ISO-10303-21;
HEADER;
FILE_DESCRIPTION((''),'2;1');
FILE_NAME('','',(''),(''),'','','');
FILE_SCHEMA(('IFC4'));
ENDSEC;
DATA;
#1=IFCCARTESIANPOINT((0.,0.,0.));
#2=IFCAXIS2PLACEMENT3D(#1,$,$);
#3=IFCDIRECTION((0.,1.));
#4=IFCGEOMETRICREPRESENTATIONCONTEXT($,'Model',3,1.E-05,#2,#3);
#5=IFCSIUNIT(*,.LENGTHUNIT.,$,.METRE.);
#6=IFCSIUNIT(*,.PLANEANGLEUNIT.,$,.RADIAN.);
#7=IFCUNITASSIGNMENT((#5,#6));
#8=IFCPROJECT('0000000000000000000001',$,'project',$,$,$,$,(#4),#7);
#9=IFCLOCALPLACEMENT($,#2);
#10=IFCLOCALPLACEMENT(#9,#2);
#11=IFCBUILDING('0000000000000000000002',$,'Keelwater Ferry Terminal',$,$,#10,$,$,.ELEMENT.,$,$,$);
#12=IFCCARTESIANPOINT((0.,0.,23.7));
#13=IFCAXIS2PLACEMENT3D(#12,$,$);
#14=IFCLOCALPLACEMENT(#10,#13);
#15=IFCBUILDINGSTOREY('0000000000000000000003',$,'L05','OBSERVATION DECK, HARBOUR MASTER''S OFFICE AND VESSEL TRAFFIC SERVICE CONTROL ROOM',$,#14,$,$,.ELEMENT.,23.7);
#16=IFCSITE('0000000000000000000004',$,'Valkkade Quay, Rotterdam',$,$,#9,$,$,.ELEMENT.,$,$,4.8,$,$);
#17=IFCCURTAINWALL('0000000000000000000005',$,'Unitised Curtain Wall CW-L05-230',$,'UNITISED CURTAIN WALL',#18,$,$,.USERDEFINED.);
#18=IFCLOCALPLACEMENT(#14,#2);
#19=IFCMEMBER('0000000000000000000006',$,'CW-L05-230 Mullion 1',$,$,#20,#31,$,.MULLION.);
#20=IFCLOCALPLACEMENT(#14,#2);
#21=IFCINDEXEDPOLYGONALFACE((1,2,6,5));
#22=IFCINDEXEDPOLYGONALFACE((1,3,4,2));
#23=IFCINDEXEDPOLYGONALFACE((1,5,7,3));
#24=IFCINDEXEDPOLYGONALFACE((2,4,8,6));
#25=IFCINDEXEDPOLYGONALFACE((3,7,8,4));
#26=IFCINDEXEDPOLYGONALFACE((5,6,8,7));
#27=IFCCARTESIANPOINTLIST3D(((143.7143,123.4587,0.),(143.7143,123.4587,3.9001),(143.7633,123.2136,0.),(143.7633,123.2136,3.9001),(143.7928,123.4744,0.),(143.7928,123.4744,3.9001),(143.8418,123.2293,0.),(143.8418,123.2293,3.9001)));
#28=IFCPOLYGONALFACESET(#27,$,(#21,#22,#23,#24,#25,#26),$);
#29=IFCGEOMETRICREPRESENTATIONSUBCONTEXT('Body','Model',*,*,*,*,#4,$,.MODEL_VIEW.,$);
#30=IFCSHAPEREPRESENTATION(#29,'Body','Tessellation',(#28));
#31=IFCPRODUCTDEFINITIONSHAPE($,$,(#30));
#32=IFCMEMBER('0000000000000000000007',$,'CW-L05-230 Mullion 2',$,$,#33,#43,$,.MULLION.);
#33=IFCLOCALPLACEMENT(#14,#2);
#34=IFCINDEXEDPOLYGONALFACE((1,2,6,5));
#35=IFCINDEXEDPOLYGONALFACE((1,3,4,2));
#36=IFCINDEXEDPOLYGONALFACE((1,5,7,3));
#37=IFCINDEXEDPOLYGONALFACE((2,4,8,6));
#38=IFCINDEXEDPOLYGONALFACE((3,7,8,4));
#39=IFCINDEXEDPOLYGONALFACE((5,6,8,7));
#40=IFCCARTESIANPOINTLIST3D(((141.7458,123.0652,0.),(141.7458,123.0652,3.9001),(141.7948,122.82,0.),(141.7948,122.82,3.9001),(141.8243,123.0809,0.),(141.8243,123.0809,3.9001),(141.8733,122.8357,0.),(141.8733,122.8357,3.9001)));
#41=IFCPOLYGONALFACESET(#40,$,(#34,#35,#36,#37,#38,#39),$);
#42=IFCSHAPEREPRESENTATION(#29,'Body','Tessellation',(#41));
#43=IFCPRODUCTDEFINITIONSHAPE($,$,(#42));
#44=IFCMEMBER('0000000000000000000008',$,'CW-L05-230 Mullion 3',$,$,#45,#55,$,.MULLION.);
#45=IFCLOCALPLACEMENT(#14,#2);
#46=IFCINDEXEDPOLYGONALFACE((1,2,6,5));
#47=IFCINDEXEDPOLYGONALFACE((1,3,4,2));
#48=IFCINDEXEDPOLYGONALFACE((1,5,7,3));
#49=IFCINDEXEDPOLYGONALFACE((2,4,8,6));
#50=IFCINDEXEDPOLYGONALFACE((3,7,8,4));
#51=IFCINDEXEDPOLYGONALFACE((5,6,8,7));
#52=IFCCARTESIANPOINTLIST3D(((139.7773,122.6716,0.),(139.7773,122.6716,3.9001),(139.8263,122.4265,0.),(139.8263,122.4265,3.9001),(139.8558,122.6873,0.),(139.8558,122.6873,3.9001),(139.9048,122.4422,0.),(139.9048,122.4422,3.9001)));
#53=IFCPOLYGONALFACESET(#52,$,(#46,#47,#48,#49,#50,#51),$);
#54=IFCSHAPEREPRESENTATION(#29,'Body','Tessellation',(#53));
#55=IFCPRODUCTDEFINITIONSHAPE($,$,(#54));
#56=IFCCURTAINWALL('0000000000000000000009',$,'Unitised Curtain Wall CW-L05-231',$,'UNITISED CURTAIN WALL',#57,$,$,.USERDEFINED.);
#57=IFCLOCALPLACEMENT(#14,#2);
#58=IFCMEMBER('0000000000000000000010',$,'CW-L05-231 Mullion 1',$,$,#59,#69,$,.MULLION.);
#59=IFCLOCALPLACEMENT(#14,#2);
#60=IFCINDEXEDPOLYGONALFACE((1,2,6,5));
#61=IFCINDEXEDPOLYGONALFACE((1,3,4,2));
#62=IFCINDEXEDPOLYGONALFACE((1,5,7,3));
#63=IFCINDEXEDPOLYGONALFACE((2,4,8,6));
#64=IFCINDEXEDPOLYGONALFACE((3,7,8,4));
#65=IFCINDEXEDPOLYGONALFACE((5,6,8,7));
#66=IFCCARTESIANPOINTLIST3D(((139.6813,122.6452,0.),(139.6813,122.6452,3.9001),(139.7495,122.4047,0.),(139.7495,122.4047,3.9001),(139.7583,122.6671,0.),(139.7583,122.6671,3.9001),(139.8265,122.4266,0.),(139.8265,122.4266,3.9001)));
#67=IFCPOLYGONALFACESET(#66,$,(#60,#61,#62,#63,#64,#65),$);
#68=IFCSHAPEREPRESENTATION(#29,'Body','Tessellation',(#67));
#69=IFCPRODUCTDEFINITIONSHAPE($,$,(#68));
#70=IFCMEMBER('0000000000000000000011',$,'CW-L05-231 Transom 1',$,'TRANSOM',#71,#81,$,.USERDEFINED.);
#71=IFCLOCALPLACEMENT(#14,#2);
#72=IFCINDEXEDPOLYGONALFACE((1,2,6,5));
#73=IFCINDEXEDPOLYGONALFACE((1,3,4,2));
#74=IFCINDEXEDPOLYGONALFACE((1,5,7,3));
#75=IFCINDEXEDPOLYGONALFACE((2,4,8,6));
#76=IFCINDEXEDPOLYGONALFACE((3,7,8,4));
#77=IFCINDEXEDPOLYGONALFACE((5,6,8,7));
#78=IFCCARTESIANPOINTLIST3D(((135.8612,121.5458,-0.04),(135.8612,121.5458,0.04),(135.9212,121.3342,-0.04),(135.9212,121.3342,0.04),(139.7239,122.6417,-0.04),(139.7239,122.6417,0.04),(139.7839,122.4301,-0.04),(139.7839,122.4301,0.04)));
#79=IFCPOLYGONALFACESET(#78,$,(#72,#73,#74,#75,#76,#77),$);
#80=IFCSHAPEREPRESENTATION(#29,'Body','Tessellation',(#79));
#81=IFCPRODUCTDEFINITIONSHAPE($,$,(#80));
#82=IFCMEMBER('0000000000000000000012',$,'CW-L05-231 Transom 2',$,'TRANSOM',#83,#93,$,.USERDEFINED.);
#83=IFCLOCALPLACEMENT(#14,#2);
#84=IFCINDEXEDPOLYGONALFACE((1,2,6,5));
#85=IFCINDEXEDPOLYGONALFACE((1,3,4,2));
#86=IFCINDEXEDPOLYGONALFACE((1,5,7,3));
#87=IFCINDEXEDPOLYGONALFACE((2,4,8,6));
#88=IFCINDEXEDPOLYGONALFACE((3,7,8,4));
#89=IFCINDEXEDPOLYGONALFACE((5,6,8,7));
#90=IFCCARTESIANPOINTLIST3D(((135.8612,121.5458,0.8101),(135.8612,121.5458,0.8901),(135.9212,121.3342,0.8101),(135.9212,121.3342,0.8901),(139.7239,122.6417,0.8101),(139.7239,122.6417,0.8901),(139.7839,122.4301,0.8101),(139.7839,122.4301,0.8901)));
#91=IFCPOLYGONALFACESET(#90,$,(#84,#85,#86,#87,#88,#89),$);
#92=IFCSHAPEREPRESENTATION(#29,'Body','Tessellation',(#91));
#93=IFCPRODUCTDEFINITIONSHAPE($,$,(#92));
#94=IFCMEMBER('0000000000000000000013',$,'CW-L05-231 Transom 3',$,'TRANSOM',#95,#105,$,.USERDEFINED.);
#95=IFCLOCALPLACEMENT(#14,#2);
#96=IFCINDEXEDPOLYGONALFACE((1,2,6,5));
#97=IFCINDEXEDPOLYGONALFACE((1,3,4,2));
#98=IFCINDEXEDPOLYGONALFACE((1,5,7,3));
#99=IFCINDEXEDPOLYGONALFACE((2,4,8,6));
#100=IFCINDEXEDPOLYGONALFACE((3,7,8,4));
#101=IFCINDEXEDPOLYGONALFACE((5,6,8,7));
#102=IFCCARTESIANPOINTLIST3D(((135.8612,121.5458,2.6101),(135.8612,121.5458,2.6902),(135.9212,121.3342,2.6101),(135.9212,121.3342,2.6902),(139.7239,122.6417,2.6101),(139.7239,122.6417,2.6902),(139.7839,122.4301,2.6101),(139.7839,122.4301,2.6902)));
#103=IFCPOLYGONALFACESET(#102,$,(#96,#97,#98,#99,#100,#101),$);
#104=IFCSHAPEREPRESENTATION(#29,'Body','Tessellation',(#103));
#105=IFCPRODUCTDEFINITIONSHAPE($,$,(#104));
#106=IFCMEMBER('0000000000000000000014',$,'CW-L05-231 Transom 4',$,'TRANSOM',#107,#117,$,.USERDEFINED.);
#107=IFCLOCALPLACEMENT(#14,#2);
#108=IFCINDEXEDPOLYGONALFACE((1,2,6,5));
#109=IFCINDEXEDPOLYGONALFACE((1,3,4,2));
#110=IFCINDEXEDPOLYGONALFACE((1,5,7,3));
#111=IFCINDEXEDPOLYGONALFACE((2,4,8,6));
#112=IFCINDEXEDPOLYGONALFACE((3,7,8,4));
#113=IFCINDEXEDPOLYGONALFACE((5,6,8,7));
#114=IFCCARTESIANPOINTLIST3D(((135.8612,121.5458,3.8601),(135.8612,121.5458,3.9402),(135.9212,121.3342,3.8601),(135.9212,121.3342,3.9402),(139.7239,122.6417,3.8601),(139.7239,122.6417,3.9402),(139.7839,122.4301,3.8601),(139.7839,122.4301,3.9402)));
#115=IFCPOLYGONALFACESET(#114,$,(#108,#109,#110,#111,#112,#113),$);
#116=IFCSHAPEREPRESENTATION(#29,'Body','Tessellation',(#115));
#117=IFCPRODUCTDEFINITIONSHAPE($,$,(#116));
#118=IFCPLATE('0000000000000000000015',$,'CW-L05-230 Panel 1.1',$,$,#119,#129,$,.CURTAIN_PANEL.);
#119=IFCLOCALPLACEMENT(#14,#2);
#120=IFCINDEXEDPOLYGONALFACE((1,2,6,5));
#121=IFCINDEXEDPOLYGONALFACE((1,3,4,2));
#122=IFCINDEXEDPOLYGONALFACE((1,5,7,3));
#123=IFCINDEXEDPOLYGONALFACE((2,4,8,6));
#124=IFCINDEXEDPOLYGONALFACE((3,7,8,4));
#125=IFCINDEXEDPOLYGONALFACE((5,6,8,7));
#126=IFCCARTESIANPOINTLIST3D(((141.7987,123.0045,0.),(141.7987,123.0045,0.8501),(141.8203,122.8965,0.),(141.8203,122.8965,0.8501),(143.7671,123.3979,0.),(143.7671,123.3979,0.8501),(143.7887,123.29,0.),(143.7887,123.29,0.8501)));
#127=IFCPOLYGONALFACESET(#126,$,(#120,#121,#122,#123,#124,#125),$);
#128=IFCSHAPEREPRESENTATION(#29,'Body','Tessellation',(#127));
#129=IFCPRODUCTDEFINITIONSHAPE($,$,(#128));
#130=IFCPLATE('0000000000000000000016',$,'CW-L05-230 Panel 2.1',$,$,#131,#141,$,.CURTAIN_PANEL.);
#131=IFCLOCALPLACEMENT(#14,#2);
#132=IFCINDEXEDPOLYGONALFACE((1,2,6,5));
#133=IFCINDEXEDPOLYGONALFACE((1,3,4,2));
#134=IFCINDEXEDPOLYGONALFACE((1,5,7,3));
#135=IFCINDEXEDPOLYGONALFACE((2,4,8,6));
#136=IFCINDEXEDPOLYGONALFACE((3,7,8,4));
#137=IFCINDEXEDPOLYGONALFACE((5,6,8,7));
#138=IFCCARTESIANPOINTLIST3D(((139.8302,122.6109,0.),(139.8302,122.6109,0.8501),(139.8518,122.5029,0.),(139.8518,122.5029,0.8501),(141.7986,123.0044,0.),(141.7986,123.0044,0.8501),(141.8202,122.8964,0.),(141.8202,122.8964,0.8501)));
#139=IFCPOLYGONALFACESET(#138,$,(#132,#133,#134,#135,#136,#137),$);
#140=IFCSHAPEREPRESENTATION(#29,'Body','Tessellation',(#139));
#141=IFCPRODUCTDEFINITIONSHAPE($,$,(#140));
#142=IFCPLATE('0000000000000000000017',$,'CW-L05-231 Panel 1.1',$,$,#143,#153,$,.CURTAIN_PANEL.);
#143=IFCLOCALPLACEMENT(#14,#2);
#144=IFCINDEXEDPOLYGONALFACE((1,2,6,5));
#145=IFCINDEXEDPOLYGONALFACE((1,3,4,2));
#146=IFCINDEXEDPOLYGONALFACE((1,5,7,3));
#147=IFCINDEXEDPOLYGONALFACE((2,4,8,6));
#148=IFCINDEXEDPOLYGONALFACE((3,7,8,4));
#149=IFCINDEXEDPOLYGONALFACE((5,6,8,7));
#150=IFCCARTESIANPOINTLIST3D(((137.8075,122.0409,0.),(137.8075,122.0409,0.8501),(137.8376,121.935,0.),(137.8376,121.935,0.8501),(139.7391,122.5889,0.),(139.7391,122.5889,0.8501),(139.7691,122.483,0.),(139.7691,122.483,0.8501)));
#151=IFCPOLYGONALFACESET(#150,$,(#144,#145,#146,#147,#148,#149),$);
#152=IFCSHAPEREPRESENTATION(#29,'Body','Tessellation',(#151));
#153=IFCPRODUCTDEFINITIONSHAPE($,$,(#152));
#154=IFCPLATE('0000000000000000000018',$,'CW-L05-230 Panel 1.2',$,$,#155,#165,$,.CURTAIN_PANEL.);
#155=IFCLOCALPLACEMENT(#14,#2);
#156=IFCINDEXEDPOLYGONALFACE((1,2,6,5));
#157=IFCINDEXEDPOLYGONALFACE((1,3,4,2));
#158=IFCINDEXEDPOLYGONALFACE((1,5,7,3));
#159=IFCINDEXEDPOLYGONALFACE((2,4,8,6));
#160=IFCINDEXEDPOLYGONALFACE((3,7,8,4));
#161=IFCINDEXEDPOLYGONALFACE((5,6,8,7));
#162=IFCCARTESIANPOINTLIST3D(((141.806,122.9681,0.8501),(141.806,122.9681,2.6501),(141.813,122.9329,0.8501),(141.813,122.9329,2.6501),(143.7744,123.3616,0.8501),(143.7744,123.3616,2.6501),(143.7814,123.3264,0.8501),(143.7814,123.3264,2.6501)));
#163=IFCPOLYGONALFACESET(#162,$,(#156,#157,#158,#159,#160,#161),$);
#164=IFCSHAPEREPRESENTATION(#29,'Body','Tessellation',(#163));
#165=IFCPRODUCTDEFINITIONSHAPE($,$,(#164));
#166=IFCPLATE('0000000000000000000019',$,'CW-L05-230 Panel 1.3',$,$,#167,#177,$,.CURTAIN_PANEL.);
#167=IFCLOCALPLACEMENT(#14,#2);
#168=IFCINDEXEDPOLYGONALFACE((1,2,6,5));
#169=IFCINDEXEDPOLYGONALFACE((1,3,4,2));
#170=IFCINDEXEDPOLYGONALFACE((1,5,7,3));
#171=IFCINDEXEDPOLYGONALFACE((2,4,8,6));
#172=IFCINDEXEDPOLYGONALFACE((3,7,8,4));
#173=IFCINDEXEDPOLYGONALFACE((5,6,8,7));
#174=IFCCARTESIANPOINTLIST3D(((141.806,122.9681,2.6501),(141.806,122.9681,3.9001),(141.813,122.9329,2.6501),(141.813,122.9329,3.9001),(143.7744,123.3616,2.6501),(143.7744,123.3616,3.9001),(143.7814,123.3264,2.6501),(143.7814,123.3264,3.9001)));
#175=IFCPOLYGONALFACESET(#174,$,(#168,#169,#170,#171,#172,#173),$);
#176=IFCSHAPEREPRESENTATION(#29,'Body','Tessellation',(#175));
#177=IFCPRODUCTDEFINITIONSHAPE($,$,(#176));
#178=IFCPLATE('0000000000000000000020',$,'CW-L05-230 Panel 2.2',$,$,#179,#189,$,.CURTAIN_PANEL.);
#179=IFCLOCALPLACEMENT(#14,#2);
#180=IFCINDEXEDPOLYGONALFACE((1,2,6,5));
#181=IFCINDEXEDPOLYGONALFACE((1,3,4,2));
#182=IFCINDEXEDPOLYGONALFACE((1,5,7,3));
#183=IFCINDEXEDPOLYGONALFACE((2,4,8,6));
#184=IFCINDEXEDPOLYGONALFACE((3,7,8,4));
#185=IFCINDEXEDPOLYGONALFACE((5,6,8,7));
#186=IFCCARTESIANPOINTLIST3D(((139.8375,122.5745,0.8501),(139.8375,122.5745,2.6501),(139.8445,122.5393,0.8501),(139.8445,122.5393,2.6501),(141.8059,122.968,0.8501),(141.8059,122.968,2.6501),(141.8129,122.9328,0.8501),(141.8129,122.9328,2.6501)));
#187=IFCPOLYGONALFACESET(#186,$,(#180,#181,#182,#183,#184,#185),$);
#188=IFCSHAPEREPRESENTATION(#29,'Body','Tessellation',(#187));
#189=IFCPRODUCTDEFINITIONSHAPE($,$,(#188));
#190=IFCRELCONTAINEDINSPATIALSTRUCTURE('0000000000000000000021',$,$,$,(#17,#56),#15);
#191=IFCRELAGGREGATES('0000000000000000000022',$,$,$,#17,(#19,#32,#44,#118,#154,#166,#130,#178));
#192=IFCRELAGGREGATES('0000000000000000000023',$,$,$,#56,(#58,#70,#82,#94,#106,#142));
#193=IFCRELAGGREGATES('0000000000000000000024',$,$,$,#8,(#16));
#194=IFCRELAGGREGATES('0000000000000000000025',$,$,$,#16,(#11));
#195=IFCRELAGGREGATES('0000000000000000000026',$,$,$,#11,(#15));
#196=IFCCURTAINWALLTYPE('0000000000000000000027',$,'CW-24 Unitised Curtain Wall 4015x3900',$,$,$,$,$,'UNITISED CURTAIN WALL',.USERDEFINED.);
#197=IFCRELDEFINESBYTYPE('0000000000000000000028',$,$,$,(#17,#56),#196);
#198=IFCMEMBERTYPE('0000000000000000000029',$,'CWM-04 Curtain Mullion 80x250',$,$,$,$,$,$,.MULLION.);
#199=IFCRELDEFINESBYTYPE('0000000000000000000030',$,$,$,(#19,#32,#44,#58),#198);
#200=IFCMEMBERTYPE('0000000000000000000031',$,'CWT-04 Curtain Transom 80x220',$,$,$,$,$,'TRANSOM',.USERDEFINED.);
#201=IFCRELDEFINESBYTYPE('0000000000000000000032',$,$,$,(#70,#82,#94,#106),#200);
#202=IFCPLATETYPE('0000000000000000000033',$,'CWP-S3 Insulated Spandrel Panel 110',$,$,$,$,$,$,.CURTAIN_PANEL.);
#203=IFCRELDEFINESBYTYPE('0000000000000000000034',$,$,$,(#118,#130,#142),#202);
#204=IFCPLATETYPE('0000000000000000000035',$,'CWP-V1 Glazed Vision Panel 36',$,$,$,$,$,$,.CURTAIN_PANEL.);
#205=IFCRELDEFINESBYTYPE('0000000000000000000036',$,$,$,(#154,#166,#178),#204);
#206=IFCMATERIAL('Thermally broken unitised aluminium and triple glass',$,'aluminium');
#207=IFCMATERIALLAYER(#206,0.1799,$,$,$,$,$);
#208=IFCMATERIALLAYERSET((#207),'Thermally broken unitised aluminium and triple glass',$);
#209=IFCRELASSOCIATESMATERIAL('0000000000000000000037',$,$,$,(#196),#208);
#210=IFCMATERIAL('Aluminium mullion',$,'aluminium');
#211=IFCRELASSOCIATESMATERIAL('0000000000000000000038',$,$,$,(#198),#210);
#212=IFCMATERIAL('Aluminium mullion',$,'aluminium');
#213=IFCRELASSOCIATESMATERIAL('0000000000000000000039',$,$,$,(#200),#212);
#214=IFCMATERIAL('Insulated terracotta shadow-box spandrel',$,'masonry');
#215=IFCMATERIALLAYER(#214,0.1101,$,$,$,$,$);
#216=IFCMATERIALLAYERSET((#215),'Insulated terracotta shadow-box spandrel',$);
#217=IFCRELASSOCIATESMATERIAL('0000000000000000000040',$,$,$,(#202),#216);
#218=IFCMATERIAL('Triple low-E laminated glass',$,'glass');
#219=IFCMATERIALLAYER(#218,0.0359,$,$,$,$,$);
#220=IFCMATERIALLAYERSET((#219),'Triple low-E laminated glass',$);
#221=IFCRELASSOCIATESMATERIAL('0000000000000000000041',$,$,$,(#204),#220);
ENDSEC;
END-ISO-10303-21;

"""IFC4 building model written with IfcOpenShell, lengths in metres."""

from ifc_helpers import new_model, si_unit, direction, frame, origin, origin_2d, place, context, subcontext, project, spatial, rectangle, extrude, material, layer, layer_set, material_profile, profile_set, type_object, element, aggregate, save


model = new_model("IFC4")

# Units and contexts
model_context = context("Model", 3, precision=1e-05, world=origin(), true_north=direction((0.0, 1.0)))
body_context = subcontext(model_context, "Body", "Model", "MODEL_VIEW")
ifc_project = project(units=[si_unit("LENGTHUNIT", "METRE"), si_unit("PLANEANGLEUNIT", "RADIAN")], contexts=[model_context])

# Site, building, storey
site_placement = place(None, origin())
site = spatial("IfcSite", under=ifc_project, at=site_placement, Name="Valkkade Quay, Rotterdam", CompositionType="ELEMENT", RefElevation=4.8)
building_placement = place(site_placement, origin())
building = spatial("IfcBuilding", under=site, at=building_placement, Name="Keelwater Ferry Terminal", CompositionType="ELEMENT")
storey_placement = place(building_placement, frame((0.0, 0.0, 23.7)))
storey = spatial("IfcBuildingStorey", under=building, at=storey_placement, Name="L05", Description="OBSERVATION DECK, HARBOUR MASTER'S OFFICE AND VESSEL TRAFFIC SERVICE CONTROL ROOM", CompositionType="ELEMENT", Elevation=23.7)

# Curtain walls, members
ifc_material_1 = material(Name="Thermally broken unitised aluminium and triple glass", Category="aluminium")
ifc_layer_1 = layer(ifc_material_1, 0.1799)
ifc_layer_set_1 = layer_set([ifc_layer_1], Name="Thermally broken unitised aluminium and triple glass")
curtain_wall_type = type_object("IfcCurtainWallType", Name="CW-24 Unitised Curtain Wall 4015x3900", ElementType="UNITISED CURTAIN WALL", PredefinedType="USERDEFINED", material=ifc_layer_set_1)
curtain_wall_1_placement = place(storey_placement, origin())
curtain_wall_1 = element("IfcCurtainWall", 1, at=curtain_wall_1_placement, inside=storey, type_object=curtain_wall_type, Name="Unitised Curtain Wall CW-L05-230", ObjectType="UNITISED CURTAIN WALL", PredefinedType="USERDEFINED")
ifc_material_2 = material(Name="Aluminium mullion", Category="aluminium")
ifc_material_profile_1 = material_profile(ifc_material_2, rectangle(XDim=0.0801, YDim=0.25, at=origin_2d()), Name="CWM-04")
ifc_profile_set_1 = profile_set([ifc_material_profile_1], Name="Aluminium mullion")
member_type_1 = type_object("IfcMemberType", Name="CWM-04 Curtain Mullion 80x250", PredefinedType="MULLION", material=ifc_profile_set_1)
member_1_placement = place(storey_placement, frame((143.7781, 123.344, 0.0), z_axis=(0.0, 0.0, 1.0), x_axis=(-0.9806, -0.19602, 0.0)))
member_1 = element("IfcMember", 2, at=member_1_placement, type_object=member_type_1, Name="CW-L05-230 Mullion 1", PredefinedType="MULLION", context=body_context, shape_type="SweptSolid", body=[
    extrude(rectangle(XDim=0.0801, YDim=0.25, at=origin_2d()), origin(), (0.0, 0.0, 1.0), 3.9001),
])
member_2_placement = place(storey_placement, frame((141.8096, 122.9504, 0.0), z_axis=(0.0, 0.0, 1.0), x_axis=(-0.9806, -0.19602, 0.0)))
member_2 = element("IfcMember", 3, at=member_2_placement, type_object=member_type_1, Name="CW-L05-230 Mullion 2", PredefinedType="MULLION", context=body_context, shape_type="SweptSolid", body=[
    extrude(rectangle(XDim=0.0801, YDim=0.25, at=origin_2d()), origin(), (0.0, 0.0, 1.0), 3.9001),
])
member_3_placement = place(storey_placement, frame((139.8411, 122.5569, 0.0), z_axis=(0.0, 0.0, 1.0), x_axis=(-0.9806, -0.19602, 0.0)))
member_3 = element("IfcMember", 4, at=member_3_placement, type_object=member_type_1, Name="CW-L05-230 Mullion 3", PredefinedType="MULLION", context=body_context, shape_type="SweptSolid", body=[
    extrude(rectangle(XDim=0.0801, YDim=0.25, at=origin_2d()), origin(), (0.0, 0.0, 1.0), 3.9001),
])
curtain_wall_2_placement = place(storey_placement, origin())
curtain_wall_2 = element("IfcCurtainWall", 5, at=curtain_wall_2_placement, inside=storey, type_object=curtain_wall_type, Name="Unitised Curtain Wall CW-L05-231", ObjectType="UNITISED CURTAIN WALL", PredefinedType="USERDEFINED")
member_4_placement = place(storey_placement, frame((139.7539, 122.5359, 0.0), z_axis=(0.0, 0.0, 1.0), x_axis=(-0.96203, -0.272945, 0.0)))
member_4 = element("IfcMember", 6, at=member_4_placement, type_object=member_type_1, Name="CW-L05-231 Mullion 1", PredefinedType="MULLION", context=body_context, shape_type="SweptSolid", body=[
    extrude(rectangle(XDim=0.0801, YDim=0.25, at=origin_2d()), origin(), (0.0, 0.0, 1.0), 3.9001),
])
ifc_material_3 = material(Name="Aluminium mullion", Category="aluminium")
ifc_material_profile_2 = material_profile(ifc_material_3, rectangle(XDim=0.22, YDim=0.0801, at=origin_2d()), Name="CWT-04")
ifc_profile_set_2 = profile_set([ifc_material_profile_2], Name="Aluminium mullion")
member_type_2 = type_object("IfcMemberType", Name="CWT-04 Curtain Transom 80x220", ElementType="TRANSOM", PredefinedType="USERDEFINED", material=ifc_profile_set_2)
member_5_placement = place(storey_placement, frame((139.7539, 122.5359, 0.0), z_axis=(-0.962029, -0.272946, 0.0), x_axis=(0.272946, -0.962029, 0.0)))
member_5 = element("IfcMember", 7, at=member_5_placement, type_object=member_type_2, Name="CW-L05-231 Transom 1", ObjectType="TRANSOM", PredefinedType="USERDEFINED", context=body_context, shape_type="SweptSolid", body=[
    extrude(rectangle(XDim=0.22, YDim=0.0801, at=origin_2d()), origin(), (0.0, 0.0, 1.0), 4.0151),
])
member_6_placement = place(storey_placement, frame((139.7539, 122.5359, 0.8501), z_axis=(-0.962029, -0.272946, 0.0), x_axis=(0.272946, -0.962029, 0.0)))
member_6 = element("IfcMember", 8, at=member_6_placement, type_object=member_type_2, Name="CW-L05-231 Transom 2", ObjectType="TRANSOM", PredefinedType="USERDEFINED", context=body_context, shape_type="SweptSolid", body=[
    extrude(rectangle(XDim=0.22, YDim=0.0801, at=origin_2d()), origin(), (0.0, 0.0, 1.0), 4.0151),
])
member_7_placement = place(storey_placement, frame((139.7539, 122.5359, 2.6501), z_axis=(-0.962029, -0.272946, 0.0), x_axis=(0.272946, -0.962029, 0.0)))
member_7 = element("IfcMember", 9, at=member_7_placement, type_object=member_type_2, Name="CW-L05-231 Transom 3", ObjectType="TRANSOM", PredefinedType="USERDEFINED", context=body_context, shape_type="SweptSolid", body=[
    extrude(rectangle(XDim=0.22, YDim=0.0801, at=origin_2d()), origin(), (0.0, 0.0, 1.0), 4.0151),
])
member_8_placement = place(storey_placement, frame((139.7539, 122.5359, 3.9001), z_axis=(-0.962029, -0.272946, 0.0), x_axis=(0.272946, -0.962029, 0.0)))
member_8 = element("IfcMember", 10, at=member_8_placement, type_object=member_type_2, Name="CW-L05-231 Transom 4", ObjectType="TRANSOM", PredefinedType="USERDEFINED", context=body_context, shape_type="SweptSolid", body=[
    extrude(rectangle(XDim=0.22, YDim=0.0801, at=origin_2d()), origin(), (0.0, 0.0, 1.0), 4.0151),
])

# Plates
ifc_material_4 = material(Name="Insulated terracotta shadow-box spandrel", Category="masonry")
ifc_layer_2 = layer(ifc_material_4, 0.1101)
ifc_layer_set_2 = layer_set([ifc_layer_2], Name="Insulated terracotta shadow-box spandrel")
plate_type_1 = type_object("IfcPlateType", Name="CWP-S3 Insulated Spandrel Panel 110", PredefinedType="CURTAIN_PANEL", material=ifc_layer_set_2)
plate_1_placement = place(storey_placement, frame((142.7937, 123.1472, 0.0), z_axis=(0.0, 0.0, 1.0), x_axis=(-0.9806, -0.19602, 0.0)))
plate_1 = element("IfcPlate", 11, at=plate_1_placement, type_object=plate_type_1, Name="CW-L05-230 Panel 1.1", PredefinedType="CURTAIN_PANEL", context=body_context, shape_type="SweptSolid", body=[
    extrude(rectangle(XDim=2.0073, YDim=0.1101, at=origin_2d()), origin(), (0.0, 0.0, 1.0), 0.8501),
])
plate_2_placement = place(storey_placement, frame((140.8252, 122.7537, 0.0), z_axis=(0.0, 0.0, 1.0), x_axis=(-0.9806, -0.19602, 0.0)))
plate_2 = element("IfcPlate", 12, at=plate_2_placement, type_object=plate_type_1, Name="CW-L05-230 Panel 2.1", PredefinedType="CURTAIN_PANEL", context=body_context, shape_type="SweptSolid", body=[
    extrude(rectangle(XDim=2.0073, YDim=0.1101, at=origin_2d()), origin(), (0.0, 0.0, 1.0), 0.8501),
])
plate_3_placement = place(storey_placement, frame((138.7883, 122.262, 0.0), z_axis=(0.0, 0.0, 1.0), x_axis=(-0.96203, -0.272945, 0.0)))
plate_3 = element("IfcPlate", 13, at=plate_3_placement, type_object=plate_type_1, Name="CW-L05-231 Panel 1.1", PredefinedType="CURTAIN_PANEL", context=body_context, shape_type="SweptSolid", body=[
    extrude(rectangle(XDim=2.0078, YDim=0.1101, at=origin_2d()), origin(), (0.0, 0.0, 1.0), 0.8501),
])
ifc_material_5 = material(Name="Triple low-E laminated glass", Category="glass")
ifc_layer_3 = layer(ifc_material_5, 0.0359)
ifc_layer_set_3 = layer_set([ifc_layer_3], Name="Triple low-E laminated glass")
plate_type_2 = type_object("IfcPlateType", Name="CWP-V1 Glazed Vision Panel 36", PredefinedType="CURTAIN_PANEL", material=ifc_layer_set_3)
plate_4_placement = place(storey_placement, frame((142.7937, 123.1472, 0.8501), z_axis=(0.0, 0.0, 1.0), x_axis=(-0.9806, -0.19602, 0.0)))
plate_4 = element("IfcPlate", 14, at=plate_4_placement, type_object=plate_type_2, Name="CW-L05-230 Panel 1.2", PredefinedType="CURTAIN_PANEL", context=body_context, shape_type="SweptSolid", body=[
    extrude(rectangle(XDim=2.0073, YDim=0.0359, at=origin_2d()), origin(), (0.0, 0.0, 1.0), 1.8),
])
plate_5_placement = place(storey_placement, frame((142.7937, 123.1472, 2.6501), z_axis=(0.0, 0.0, 1.0), x_axis=(-0.9806, -0.19602, 0.0)))
plate_5 = element("IfcPlate", 15, at=plate_5_placement, type_object=plate_type_2, Name="CW-L05-230 Panel 1.3", PredefinedType="CURTAIN_PANEL", context=body_context, shape_type="SweptSolid", body=[
    extrude(rectangle(XDim=2.0073, YDim=0.0359, at=origin_2d()), origin(), (0.0, 0.0, 1.0), 1.25),
])
plate_6_placement = place(storey_placement, frame((140.8252, 122.7537, 0.8501), z_axis=(0.0, 0.0, 1.0), x_axis=(-0.9806, -0.19602, 0.0)))
plate_6 = element("IfcPlate", 16, at=plate_6_placement, type_object=plate_type_2, Name="CW-L05-230 Panel 2.2", PredefinedType="CURTAIN_PANEL", context=body_context, shape_type="SweptSolid", body=[
    extrude(rectangle(XDim=2.0073, YDim=0.0359, at=origin_2d()), origin(), (0.0, 0.0, 1.0), 1.8),
])
aggregate(curtain_wall_1, [member_1, member_2, member_3, plate_1, plate_4, plate_5, plate_2, plate_6])
aggregate(curtain_wall_2, [member_4, member_5, member_6, member_7, member_8, plate_3])

save(model, "model.ifc")
